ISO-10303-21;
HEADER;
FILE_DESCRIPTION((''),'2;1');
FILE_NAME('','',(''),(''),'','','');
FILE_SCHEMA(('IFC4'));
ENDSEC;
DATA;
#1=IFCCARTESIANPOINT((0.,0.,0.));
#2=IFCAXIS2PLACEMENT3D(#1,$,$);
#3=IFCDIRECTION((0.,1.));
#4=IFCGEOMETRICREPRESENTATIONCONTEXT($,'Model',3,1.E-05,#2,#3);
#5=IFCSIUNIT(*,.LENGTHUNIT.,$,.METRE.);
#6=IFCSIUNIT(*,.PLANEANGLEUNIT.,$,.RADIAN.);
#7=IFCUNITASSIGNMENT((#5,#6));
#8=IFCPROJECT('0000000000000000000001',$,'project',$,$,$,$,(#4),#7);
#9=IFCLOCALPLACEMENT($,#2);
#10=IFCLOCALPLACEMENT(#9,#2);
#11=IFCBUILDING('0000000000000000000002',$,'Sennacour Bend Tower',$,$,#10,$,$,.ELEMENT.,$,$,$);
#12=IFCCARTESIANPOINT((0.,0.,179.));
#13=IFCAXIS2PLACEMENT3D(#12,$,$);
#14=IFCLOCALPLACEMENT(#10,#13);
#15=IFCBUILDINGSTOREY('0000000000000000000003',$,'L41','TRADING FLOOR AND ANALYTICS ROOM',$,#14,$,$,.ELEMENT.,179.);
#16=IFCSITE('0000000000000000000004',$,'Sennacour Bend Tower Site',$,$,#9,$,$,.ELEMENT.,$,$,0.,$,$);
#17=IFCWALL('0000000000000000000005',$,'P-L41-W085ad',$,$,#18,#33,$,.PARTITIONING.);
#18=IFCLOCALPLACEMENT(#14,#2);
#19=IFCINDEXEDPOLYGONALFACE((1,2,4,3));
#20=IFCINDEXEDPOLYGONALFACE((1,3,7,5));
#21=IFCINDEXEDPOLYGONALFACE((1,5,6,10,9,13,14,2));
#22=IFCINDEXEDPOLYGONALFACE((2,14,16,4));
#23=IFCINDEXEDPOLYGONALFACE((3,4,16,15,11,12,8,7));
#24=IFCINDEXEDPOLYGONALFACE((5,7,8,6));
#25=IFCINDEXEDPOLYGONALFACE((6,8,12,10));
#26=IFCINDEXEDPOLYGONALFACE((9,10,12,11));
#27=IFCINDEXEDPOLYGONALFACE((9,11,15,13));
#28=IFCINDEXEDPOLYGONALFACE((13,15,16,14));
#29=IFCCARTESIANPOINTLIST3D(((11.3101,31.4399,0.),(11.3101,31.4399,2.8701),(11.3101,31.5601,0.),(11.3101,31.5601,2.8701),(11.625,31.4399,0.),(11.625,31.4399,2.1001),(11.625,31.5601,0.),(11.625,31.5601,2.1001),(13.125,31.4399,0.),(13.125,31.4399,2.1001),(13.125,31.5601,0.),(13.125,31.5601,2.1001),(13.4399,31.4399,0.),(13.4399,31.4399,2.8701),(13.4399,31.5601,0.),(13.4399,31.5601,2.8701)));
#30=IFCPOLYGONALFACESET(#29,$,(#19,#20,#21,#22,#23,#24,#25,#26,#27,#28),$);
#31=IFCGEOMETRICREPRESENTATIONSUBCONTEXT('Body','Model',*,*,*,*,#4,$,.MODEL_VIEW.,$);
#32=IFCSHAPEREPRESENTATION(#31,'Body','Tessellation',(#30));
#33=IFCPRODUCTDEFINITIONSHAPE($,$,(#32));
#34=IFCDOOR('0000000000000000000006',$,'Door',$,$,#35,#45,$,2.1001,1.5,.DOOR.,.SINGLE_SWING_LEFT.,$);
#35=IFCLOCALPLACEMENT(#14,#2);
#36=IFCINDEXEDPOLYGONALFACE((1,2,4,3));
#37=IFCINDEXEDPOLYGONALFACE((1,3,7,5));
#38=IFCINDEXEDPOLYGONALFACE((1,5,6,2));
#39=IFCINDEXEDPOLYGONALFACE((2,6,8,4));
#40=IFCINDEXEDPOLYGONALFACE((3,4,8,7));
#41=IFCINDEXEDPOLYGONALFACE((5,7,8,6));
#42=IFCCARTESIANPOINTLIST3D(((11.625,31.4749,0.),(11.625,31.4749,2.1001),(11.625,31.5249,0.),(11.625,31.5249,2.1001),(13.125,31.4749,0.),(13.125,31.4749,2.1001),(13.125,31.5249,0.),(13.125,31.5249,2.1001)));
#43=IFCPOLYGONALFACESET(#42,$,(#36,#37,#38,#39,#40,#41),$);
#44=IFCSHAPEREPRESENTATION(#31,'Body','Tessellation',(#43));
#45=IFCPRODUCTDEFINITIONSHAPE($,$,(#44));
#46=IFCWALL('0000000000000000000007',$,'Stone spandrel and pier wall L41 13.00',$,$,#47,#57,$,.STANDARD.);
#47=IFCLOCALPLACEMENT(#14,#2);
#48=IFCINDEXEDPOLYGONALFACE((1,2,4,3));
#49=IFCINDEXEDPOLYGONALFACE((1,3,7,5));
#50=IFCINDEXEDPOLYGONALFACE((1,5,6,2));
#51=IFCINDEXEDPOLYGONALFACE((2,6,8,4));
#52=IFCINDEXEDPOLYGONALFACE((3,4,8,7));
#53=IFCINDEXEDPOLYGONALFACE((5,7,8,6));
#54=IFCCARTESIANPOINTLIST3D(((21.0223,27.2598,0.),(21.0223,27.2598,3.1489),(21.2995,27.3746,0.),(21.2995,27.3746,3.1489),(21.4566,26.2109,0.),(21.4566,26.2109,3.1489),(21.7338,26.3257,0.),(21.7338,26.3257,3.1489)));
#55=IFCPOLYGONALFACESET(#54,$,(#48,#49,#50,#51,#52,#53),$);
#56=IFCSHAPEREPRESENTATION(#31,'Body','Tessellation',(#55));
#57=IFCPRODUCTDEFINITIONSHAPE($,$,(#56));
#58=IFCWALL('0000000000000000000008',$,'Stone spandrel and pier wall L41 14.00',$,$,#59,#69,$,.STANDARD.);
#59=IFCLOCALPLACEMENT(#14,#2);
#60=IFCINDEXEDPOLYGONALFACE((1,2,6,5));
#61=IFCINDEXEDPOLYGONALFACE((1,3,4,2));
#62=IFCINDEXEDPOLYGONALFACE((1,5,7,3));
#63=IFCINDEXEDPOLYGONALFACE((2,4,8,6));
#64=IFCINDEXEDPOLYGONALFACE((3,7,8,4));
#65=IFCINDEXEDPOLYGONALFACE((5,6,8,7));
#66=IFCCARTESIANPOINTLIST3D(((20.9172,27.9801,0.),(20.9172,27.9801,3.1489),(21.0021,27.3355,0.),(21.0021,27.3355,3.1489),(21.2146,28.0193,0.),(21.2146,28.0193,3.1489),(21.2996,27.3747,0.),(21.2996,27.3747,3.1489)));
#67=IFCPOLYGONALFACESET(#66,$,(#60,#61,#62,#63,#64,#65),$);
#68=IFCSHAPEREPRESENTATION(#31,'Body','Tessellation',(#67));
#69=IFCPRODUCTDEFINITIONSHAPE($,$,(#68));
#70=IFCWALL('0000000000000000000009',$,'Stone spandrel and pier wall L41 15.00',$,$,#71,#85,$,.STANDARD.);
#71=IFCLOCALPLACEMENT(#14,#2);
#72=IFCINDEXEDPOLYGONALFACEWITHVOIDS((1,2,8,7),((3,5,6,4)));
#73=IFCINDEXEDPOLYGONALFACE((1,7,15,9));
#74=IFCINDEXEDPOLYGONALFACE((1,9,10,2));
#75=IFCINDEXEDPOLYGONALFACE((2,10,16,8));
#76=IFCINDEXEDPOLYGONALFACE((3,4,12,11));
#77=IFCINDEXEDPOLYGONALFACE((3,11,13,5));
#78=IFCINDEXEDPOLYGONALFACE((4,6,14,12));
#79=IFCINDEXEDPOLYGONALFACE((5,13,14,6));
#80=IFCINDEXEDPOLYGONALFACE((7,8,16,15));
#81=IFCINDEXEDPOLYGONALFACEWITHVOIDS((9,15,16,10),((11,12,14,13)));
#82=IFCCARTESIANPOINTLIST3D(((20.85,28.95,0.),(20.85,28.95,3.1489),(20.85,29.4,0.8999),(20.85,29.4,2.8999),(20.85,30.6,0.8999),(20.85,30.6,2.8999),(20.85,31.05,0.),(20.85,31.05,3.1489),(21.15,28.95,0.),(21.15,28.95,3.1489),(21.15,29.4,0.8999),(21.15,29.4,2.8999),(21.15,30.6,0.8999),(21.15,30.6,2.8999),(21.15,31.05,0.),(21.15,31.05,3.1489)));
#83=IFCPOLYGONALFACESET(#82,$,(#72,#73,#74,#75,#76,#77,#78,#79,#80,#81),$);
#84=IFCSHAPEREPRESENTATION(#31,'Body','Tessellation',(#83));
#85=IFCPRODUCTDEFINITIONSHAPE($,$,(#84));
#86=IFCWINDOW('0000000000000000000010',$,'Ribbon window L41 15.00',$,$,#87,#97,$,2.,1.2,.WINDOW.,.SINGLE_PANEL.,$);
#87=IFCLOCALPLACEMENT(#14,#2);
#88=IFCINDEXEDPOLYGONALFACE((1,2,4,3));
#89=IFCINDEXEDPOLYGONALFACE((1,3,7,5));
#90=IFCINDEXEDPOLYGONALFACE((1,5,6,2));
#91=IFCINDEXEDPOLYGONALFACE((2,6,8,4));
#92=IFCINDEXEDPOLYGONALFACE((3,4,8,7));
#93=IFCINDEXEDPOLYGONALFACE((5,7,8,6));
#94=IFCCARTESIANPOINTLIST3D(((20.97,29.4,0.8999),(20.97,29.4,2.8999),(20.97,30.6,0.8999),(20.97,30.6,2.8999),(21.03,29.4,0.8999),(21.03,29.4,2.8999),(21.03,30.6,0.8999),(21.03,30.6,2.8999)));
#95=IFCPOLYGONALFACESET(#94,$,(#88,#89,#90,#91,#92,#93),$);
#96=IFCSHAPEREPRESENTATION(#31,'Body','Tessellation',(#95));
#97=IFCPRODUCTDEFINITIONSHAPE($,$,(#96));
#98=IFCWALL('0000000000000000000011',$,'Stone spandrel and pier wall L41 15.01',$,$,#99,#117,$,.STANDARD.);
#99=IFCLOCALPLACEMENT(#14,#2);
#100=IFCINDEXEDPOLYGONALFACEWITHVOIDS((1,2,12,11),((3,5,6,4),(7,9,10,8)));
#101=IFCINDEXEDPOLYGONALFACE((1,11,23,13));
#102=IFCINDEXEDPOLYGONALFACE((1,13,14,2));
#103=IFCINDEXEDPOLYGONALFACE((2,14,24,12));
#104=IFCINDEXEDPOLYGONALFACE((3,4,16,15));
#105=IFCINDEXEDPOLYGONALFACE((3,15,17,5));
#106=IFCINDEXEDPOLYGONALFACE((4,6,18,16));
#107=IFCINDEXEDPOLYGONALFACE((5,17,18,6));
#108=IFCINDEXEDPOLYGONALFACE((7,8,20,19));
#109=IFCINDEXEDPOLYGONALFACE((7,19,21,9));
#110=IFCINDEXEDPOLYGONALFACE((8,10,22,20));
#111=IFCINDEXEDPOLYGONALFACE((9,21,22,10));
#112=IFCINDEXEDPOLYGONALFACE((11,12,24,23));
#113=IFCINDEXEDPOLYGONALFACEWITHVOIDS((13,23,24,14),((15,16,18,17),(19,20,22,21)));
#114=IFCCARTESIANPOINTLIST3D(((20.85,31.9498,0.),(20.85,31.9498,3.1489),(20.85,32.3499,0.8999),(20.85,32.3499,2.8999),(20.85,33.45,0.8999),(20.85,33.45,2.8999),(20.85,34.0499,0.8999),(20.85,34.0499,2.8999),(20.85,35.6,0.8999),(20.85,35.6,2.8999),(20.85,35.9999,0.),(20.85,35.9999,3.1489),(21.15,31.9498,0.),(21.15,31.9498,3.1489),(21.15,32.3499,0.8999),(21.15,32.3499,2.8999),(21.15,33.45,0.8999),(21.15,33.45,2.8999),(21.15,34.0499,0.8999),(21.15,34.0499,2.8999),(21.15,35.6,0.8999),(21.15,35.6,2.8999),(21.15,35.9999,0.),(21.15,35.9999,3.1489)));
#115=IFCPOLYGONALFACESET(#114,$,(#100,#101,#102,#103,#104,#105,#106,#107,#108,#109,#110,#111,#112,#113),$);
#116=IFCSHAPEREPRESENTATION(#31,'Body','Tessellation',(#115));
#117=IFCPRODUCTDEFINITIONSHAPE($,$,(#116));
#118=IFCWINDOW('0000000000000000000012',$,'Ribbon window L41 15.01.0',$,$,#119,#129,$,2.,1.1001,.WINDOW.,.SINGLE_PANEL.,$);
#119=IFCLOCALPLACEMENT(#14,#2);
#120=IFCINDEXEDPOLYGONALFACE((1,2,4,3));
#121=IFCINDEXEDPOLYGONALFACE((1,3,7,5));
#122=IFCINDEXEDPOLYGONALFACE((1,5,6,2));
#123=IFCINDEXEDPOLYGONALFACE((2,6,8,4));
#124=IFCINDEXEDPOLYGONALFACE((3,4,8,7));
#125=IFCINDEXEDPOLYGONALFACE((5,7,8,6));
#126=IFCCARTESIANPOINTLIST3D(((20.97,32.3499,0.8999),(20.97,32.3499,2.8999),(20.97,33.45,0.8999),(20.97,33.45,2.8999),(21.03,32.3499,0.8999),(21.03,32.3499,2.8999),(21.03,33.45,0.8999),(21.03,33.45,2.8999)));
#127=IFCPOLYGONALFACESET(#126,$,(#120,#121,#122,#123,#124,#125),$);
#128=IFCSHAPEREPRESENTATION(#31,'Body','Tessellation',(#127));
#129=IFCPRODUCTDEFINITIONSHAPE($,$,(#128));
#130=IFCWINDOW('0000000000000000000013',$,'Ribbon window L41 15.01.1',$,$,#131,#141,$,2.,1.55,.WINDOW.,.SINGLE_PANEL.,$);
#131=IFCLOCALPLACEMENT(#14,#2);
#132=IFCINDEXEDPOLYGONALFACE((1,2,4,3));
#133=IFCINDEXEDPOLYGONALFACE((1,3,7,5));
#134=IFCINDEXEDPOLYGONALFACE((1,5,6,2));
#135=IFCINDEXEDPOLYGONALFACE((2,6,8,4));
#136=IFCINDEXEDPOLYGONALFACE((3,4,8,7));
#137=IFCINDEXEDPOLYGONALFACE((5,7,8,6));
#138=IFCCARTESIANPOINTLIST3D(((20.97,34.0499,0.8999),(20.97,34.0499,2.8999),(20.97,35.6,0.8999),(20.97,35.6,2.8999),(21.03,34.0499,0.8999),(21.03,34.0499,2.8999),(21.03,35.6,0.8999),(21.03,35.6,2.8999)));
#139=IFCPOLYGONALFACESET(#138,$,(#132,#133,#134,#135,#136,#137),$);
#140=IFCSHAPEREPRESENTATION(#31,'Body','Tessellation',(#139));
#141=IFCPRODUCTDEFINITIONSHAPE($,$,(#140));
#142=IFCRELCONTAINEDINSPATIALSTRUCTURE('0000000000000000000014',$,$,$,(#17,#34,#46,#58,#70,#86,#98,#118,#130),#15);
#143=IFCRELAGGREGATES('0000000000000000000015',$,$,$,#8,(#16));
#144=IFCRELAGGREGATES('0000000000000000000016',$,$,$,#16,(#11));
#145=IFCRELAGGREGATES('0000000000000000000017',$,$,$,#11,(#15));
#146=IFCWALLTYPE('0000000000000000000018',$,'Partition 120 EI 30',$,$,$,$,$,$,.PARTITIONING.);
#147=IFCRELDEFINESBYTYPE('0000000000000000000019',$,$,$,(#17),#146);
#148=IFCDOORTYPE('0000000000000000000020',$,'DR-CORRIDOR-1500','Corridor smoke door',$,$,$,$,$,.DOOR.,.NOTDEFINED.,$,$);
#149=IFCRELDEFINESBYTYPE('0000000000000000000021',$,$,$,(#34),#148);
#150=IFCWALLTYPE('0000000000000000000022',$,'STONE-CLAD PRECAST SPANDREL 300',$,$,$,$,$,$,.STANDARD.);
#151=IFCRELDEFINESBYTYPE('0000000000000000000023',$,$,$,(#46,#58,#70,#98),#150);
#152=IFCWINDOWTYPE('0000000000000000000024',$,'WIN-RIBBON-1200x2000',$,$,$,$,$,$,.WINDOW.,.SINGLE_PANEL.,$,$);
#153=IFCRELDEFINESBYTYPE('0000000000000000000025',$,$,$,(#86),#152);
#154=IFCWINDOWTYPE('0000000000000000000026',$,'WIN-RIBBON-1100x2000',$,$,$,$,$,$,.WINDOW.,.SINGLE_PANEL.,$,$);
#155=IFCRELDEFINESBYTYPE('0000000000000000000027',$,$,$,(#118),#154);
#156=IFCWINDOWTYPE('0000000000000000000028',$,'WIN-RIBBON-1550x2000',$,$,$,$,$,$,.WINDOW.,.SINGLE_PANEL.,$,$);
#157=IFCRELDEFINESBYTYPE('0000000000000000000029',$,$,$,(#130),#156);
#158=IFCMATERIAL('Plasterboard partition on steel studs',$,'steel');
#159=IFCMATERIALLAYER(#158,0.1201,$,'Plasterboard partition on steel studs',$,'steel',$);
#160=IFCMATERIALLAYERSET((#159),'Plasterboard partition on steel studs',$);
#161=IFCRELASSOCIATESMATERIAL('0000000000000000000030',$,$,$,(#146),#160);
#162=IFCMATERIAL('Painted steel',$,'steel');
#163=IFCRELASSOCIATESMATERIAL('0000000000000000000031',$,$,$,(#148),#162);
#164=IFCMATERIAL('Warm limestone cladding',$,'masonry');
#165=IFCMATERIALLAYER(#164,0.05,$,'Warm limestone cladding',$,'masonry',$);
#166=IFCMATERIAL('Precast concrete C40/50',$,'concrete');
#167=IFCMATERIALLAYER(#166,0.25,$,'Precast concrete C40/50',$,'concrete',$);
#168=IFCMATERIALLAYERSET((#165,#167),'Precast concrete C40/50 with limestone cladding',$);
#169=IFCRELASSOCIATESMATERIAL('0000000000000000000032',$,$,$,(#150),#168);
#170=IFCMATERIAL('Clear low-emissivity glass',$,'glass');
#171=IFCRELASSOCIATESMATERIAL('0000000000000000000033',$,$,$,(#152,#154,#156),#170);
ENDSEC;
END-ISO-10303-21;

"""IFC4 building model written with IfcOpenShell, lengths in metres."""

from ifc_helpers import new_model, si_unit, direction, frame, frame_2d, origin, place, context, subcontext, project, spatial, rectangle, extrude, material, layer, layer_set, type_object, element, fill, save


model = new_model("IFC4")

# Units and contexts
model_context = context("Model", 3, precision=1e-05, world=origin(), true_north=direction((0.0, 1.0)))
body_context = subcontext(model_context, "Body", "Model", "MODEL_VIEW")
ifc_project = project(units=[si_unit("LENGTHUNIT", "METRE"), si_unit("PLANEANGLEUNIT", "RADIAN")], contexts=[model_context])

# Site, building, storey
site_placement = place(None, origin())
site = spatial("IfcSite", under=ifc_project, at=site_placement, Name="Sennacour Bend Tower Site", CompositionType="ELEMENT", RefElevation=0.0)
building_placement = place(site_placement, origin())
building = spatial("IfcBuilding", under=site, at=building_placement, Name="Sennacour Bend Tower", CompositionType="ELEMENT")
storey_placement = place(building_placement, frame((0.0, 0.0, 179.0)))
storey = spatial("IfcBuildingStorey", under=building, at=storey_placement, Name="L41", Description="TRADING FLOOR AND ANALYTICS ROOM", CompositionType="ELEMENT", Elevation=179.0)

# Shared definitions
ifc_material_1 = material(Name="Plasterboard partition on steel studs", Category="steel")

# Wall, opening, door
ifc_layer_1 = layer(ifc_material_1, 0.1201, Name="Plasterboard partition on steel studs", Category="steel")
ifc_layer_set_1 = layer_set([ifc_layer_1], Name="Plasterboard partition on steel studs")
wall_type_1 = type_object("IfcWallType", Name="Partition 120 EI 30", PredefinedType="PARTITIONING", material=ifc_layer_set_1)
wall_1_placement = place(storey_placement, frame((11.3101, 31.5, 0.0), z_axis=(0.0, 0.0, 1.0), x_axis=(1.0, 0.0, 0.0)))
wall_1 = element("IfcWall", 1, at=wall_1_placement, inside=storey, type_object=wall_type_1, Name="P-L41-W085ad", PredefinedType="PARTITIONING", context=body_context, shape_type="SweptSolid", body=[
    extrude(rectangle(XDim=2.1299, YDim=0.1201, at=frame_2d((1.0649, 0.0))), origin(), (0.0, 0.0, 1.0), 2.8701),
])
opening_1_placement = place(wall_1_placement, frame((0.3149, 0.0, 0.0)))
opening_1 = element("IfcOpeningElement", 2, at=opening_1_placement, cuts=wall_1, PredefinedType="OPENING", context=body_context, shape_type="SweptSolid", body=[
    extrude(rectangle(XDim=1.5, YDim=2.1001, at=frame_2d((0.75, 1.05))), frame((0.0, 0.0701, 0.0), z_axis=(0.0, -1.0, 0.0), x_axis=(1.0, 0.0, 0.0)), (0.0, 0.0, 1.0), 0.1401),
])
ifc_material_2 = material(Name="Painted steel", Category="steel")
door_type_1 = type_object("IfcDoorType", Name="DR-CORRIDOR-1500", Description="Corridor smoke door", OperationType="NOTDEFINED", PredefinedType="DOOR", material=ifc_material_2)
door_1_placement = place(opening_1_placement, origin())
door_1 = element("IfcDoor", 3, at=door_1_placement, inside=storey, type_object=door_type_1, Name="Door", OperationType="SINGLE_SWING_LEFT", OverallHeight=2.1001, OverallWidth=1.5, PredefinedType="DOOR", context=body_context, shape_type="SweptSolid", body=[
    extrude(rectangle(XDim=1.5, YDim=2.1001, at=frame_2d((0.75, 1.05))), frame((0.0, 0.0249, 0.0), z_axis=(0.0, -1.0, 0.0), x_axis=(1.0, 0.0, 0.0)), (0.0, 0.0, 1.0), 0.05),
])
fill(opening_1, door_1)

# Walls
ifc_material_3 = material(Name="Warm limestone cladding", Category="masonry")
ifc_layer_2 = layer(ifc_material_3, 0.05, Name="Warm limestone cladding", Category="masonry")
ifc_material_4 = material(Name="Precast concrete C40/50", Category="concrete")
ifc_layer_3 = layer(ifc_material_4, 0.25, Name="Precast concrete C40/50", Category="concrete")
ifc_layer_set_2 = layer_set([ifc_layer_2, ifc_layer_3], Name="Precast concrete C40/50 with limestone cladding")
wall_type_2 = type_object("IfcWallType", Name="STONE-CLAD PRECAST SPANDREL 300", PredefinedType="STANDARD", material=ifc_layer_set_2)
wall_2_placement = place(storey_placement, frame((21.5952, 26.2683, 0.0), z_axis=(0.0, 0.0, 1.0), x_axis=(-0.382599, 0.923915, 0.0)))
element("IfcWall", 4, at=wall_2_placement, inside=storey, type_object=wall_type_2, Name="Stone spandrel and pier wall L41 13.00", PredefinedType="STANDARD", context=body_context, shape_type="SweptSolid", body=[
    extrude(rectangle(XDim=1.1353, YDim=0.3, at=frame_2d((0.5676, 0.0))), origin(), (0.0, 0.0, 1.0), 3.1489),
])
wall_3_placement = place(storey_placement, frame((21.1509, 27.355, 0.0), z_axis=(0.0, 0.0, 1.0), x_axis=(-0.130688, 0.991424, 0.0)))
element("IfcWall", 5, at=wall_3_placement, inside=storey, type_object=wall_type_2, Name="Stone spandrel and pier wall L41 14.00", PredefinedType="STANDARD", context=body_context, shape_type="SweptSolid", body=[
    extrude(rectangle(XDim=0.6501, YDim=0.3, at=frame_2d((0.3252, 0.0))), origin(), (0.0, 0.0, 1.0), 3.1489),
])

# Wall, opening, window
wall_4_placement = place(storey_placement, frame((21.0, 28.95, 0.0), z_axis=(0.0, 0.0, 1.0), x_axis=(0.0, 1.0, 0.0)))
wall_4 = element("IfcWall", 6, at=wall_4_placement, inside=storey, type_object=wall_type_2, Name="Stone spandrel and pier wall L41 15.00", PredefinedType="STANDARD", context=body_context, shape_type="SweptSolid", body=[
    extrude(rectangle(XDim=2.1001, YDim=0.3, at=frame_2d((1.05, 0.0))), origin(), (0.0, 0.0, 1.0), 3.1489),
])
opening_2_placement = place(wall_4_placement, frame((0.45, 0.0, 0.8999)))
opening_2 = element("IfcOpeningElement", 7, at=opening_2_placement, cuts=wall_4, PredefinedType="OPENING", context=body_context, shape_type="SweptSolid", body=[
    extrude(rectangle(XDim=1.2, YDim=2.0, at=frame_2d((0.6001, 1.0))), frame((0.0, 0.1602, 0.0), z_axis=(0.0, -1.0, 0.0), x_axis=(1.0, 0.0, 0.0)), (0.0, 0.0, 1.0), 0.3201),
])
ifc_material_5 = material(Name="Clear low-emissivity glass", Category="glass")
window_type_1 = type_object("IfcWindowType", Name="WIN-RIBBON-1200x2000", PartitioningType="SINGLE_PANEL", PredefinedType="WINDOW", material=ifc_material_5)
window_1_placement = place(opening_2_placement, origin())
window_1 = element("IfcWindow", 8, at=window_1_placement, inside=storey, type_object=window_type_1, Name="Ribbon window L41 15.00", OverallHeight=2.0, OverallWidth=1.2, PartitioningType="SINGLE_PANEL", PredefinedType="WINDOW", context=body_context, shape_type="SweptSolid", body=[
    extrude(rectangle(XDim=1.2, YDim=2.0, at=frame_2d((0.6001, 1.0))), frame((0.0, 0.03, 0.0), z_axis=(0.0, -1.0, 0.0), x_axis=(1.0, 0.0, 0.0)), (0.0, 0.0, 1.0), 0.0601),
])
fill(opening_2, window_1)

# Wall, openings, windows
wall_5_placement = place(storey_placement, frame((21.0, 31.95, 0.0), z_axis=(0.0, 0.0, 1.0), x_axis=(0.0, 1.0, 0.0)))
wall_5 = element("IfcWall", 9, at=wall_5_placement, inside=storey, type_object=wall_type_2, Name="Stone spandrel and pier wall L41 15.01", PredefinedType="STANDARD", context=body_context, shape_type="SweptSolid", body=[
    extrude(rectangle(XDim=4.05, YDim=0.3, at=frame_2d((2.0249, 0.0))), origin(), (0.0, 0.0, 1.0), 3.1489),
])
opening_3_placement = place(wall_5_placement, frame((0.3999, 0.0, 0.8999)))
opening_3 = element("IfcOpeningElement", 10, at=opening_3_placement, cuts=wall_5, PredefinedType="OPENING", context=body_context, shape_type="SweptSolid", body=[
    extrude(rectangle(XDim=1.1001, YDim=2.0, at=frame_2d((0.55, 1.0))), frame((0.0, 0.1602, 0.0), z_axis=(0.0, -1.0, 0.0), x_axis=(1.0, 0.0, 0.0)), (0.0, 0.0, 1.0), 0.3201),
])
opening_4_placement = place(wall_5_placement, frame((2.1001, 0.0, 0.8999)))
opening_4 = element("IfcOpeningElement", 11, at=opening_4_placement, cuts=wall_5, PredefinedType="OPENING", context=body_context, shape_type="SweptSolid", body=[
    extrude(rectangle(XDim=1.55, YDim=2.0, at=frame_2d((0.7749, 1.0))), frame((0.0, 0.1602, 0.0), z_axis=(0.0, -1.0, 0.0), x_axis=(1.0, 0.0, 0.0)), (0.0, 0.0, 1.0), 0.3201),
])
window_type_2 = type_object("IfcWindowType", Name="WIN-RIBBON-1100x2000", PartitioningType="SINGLE_PANEL", PredefinedType="WINDOW", material=ifc_material_5)
window_2_placement = place(opening_3_placement, origin())
window_2 = element("IfcWindow", 12, at=window_2_placement, inside=storey, type_object=window_type_2, Name="Ribbon window L41 15.01.0", OverallHeight=2.0, OverallWidth=1.1001, PartitioningType="SINGLE_PANEL", PredefinedType="WINDOW", context=body_context, shape_type="SweptSolid", body=[
    extrude(rectangle(XDim=1.1001, YDim=2.0, at=frame_2d((0.55, 1.0))), frame((0.0, 0.03, 0.0), z_axis=(0.0, -1.0, 0.0), x_axis=(1.0, 0.0, 0.0)), (0.0, 0.0, 1.0), 0.0601),
])
fill(opening_3, window_2)
window_type_3 = type_object("IfcWindowType", Name="WIN-RIBBON-1550x2000", PartitioningType="SINGLE_PANEL", PredefinedType="WINDOW", material=ifc_material_5)
window_3_placement = place(opening_4_placement, origin())
window_3 = element("IfcWindow", 13, at=window_3_placement, inside=storey, type_object=window_type_3, Name="Ribbon window L41 15.01.1", OverallHeight=2.0, OverallWidth=1.55, PartitioningType="SINGLE_PANEL", PredefinedType="WINDOW", context=body_context, shape_type="SweptSolid", body=[
    extrude(rectangle(XDim=1.55, YDim=2.0, at=frame_2d((0.7749, 1.0))), frame((0.0, 0.03, 0.0), z_axis=(0.0, -1.0, 0.0), x_axis=(1.0, 0.0, 0.0)), (0.0, 0.0, 1.0), 0.0601),
])
fill(opening_4, window_3)

save(model, "model.ifc")
